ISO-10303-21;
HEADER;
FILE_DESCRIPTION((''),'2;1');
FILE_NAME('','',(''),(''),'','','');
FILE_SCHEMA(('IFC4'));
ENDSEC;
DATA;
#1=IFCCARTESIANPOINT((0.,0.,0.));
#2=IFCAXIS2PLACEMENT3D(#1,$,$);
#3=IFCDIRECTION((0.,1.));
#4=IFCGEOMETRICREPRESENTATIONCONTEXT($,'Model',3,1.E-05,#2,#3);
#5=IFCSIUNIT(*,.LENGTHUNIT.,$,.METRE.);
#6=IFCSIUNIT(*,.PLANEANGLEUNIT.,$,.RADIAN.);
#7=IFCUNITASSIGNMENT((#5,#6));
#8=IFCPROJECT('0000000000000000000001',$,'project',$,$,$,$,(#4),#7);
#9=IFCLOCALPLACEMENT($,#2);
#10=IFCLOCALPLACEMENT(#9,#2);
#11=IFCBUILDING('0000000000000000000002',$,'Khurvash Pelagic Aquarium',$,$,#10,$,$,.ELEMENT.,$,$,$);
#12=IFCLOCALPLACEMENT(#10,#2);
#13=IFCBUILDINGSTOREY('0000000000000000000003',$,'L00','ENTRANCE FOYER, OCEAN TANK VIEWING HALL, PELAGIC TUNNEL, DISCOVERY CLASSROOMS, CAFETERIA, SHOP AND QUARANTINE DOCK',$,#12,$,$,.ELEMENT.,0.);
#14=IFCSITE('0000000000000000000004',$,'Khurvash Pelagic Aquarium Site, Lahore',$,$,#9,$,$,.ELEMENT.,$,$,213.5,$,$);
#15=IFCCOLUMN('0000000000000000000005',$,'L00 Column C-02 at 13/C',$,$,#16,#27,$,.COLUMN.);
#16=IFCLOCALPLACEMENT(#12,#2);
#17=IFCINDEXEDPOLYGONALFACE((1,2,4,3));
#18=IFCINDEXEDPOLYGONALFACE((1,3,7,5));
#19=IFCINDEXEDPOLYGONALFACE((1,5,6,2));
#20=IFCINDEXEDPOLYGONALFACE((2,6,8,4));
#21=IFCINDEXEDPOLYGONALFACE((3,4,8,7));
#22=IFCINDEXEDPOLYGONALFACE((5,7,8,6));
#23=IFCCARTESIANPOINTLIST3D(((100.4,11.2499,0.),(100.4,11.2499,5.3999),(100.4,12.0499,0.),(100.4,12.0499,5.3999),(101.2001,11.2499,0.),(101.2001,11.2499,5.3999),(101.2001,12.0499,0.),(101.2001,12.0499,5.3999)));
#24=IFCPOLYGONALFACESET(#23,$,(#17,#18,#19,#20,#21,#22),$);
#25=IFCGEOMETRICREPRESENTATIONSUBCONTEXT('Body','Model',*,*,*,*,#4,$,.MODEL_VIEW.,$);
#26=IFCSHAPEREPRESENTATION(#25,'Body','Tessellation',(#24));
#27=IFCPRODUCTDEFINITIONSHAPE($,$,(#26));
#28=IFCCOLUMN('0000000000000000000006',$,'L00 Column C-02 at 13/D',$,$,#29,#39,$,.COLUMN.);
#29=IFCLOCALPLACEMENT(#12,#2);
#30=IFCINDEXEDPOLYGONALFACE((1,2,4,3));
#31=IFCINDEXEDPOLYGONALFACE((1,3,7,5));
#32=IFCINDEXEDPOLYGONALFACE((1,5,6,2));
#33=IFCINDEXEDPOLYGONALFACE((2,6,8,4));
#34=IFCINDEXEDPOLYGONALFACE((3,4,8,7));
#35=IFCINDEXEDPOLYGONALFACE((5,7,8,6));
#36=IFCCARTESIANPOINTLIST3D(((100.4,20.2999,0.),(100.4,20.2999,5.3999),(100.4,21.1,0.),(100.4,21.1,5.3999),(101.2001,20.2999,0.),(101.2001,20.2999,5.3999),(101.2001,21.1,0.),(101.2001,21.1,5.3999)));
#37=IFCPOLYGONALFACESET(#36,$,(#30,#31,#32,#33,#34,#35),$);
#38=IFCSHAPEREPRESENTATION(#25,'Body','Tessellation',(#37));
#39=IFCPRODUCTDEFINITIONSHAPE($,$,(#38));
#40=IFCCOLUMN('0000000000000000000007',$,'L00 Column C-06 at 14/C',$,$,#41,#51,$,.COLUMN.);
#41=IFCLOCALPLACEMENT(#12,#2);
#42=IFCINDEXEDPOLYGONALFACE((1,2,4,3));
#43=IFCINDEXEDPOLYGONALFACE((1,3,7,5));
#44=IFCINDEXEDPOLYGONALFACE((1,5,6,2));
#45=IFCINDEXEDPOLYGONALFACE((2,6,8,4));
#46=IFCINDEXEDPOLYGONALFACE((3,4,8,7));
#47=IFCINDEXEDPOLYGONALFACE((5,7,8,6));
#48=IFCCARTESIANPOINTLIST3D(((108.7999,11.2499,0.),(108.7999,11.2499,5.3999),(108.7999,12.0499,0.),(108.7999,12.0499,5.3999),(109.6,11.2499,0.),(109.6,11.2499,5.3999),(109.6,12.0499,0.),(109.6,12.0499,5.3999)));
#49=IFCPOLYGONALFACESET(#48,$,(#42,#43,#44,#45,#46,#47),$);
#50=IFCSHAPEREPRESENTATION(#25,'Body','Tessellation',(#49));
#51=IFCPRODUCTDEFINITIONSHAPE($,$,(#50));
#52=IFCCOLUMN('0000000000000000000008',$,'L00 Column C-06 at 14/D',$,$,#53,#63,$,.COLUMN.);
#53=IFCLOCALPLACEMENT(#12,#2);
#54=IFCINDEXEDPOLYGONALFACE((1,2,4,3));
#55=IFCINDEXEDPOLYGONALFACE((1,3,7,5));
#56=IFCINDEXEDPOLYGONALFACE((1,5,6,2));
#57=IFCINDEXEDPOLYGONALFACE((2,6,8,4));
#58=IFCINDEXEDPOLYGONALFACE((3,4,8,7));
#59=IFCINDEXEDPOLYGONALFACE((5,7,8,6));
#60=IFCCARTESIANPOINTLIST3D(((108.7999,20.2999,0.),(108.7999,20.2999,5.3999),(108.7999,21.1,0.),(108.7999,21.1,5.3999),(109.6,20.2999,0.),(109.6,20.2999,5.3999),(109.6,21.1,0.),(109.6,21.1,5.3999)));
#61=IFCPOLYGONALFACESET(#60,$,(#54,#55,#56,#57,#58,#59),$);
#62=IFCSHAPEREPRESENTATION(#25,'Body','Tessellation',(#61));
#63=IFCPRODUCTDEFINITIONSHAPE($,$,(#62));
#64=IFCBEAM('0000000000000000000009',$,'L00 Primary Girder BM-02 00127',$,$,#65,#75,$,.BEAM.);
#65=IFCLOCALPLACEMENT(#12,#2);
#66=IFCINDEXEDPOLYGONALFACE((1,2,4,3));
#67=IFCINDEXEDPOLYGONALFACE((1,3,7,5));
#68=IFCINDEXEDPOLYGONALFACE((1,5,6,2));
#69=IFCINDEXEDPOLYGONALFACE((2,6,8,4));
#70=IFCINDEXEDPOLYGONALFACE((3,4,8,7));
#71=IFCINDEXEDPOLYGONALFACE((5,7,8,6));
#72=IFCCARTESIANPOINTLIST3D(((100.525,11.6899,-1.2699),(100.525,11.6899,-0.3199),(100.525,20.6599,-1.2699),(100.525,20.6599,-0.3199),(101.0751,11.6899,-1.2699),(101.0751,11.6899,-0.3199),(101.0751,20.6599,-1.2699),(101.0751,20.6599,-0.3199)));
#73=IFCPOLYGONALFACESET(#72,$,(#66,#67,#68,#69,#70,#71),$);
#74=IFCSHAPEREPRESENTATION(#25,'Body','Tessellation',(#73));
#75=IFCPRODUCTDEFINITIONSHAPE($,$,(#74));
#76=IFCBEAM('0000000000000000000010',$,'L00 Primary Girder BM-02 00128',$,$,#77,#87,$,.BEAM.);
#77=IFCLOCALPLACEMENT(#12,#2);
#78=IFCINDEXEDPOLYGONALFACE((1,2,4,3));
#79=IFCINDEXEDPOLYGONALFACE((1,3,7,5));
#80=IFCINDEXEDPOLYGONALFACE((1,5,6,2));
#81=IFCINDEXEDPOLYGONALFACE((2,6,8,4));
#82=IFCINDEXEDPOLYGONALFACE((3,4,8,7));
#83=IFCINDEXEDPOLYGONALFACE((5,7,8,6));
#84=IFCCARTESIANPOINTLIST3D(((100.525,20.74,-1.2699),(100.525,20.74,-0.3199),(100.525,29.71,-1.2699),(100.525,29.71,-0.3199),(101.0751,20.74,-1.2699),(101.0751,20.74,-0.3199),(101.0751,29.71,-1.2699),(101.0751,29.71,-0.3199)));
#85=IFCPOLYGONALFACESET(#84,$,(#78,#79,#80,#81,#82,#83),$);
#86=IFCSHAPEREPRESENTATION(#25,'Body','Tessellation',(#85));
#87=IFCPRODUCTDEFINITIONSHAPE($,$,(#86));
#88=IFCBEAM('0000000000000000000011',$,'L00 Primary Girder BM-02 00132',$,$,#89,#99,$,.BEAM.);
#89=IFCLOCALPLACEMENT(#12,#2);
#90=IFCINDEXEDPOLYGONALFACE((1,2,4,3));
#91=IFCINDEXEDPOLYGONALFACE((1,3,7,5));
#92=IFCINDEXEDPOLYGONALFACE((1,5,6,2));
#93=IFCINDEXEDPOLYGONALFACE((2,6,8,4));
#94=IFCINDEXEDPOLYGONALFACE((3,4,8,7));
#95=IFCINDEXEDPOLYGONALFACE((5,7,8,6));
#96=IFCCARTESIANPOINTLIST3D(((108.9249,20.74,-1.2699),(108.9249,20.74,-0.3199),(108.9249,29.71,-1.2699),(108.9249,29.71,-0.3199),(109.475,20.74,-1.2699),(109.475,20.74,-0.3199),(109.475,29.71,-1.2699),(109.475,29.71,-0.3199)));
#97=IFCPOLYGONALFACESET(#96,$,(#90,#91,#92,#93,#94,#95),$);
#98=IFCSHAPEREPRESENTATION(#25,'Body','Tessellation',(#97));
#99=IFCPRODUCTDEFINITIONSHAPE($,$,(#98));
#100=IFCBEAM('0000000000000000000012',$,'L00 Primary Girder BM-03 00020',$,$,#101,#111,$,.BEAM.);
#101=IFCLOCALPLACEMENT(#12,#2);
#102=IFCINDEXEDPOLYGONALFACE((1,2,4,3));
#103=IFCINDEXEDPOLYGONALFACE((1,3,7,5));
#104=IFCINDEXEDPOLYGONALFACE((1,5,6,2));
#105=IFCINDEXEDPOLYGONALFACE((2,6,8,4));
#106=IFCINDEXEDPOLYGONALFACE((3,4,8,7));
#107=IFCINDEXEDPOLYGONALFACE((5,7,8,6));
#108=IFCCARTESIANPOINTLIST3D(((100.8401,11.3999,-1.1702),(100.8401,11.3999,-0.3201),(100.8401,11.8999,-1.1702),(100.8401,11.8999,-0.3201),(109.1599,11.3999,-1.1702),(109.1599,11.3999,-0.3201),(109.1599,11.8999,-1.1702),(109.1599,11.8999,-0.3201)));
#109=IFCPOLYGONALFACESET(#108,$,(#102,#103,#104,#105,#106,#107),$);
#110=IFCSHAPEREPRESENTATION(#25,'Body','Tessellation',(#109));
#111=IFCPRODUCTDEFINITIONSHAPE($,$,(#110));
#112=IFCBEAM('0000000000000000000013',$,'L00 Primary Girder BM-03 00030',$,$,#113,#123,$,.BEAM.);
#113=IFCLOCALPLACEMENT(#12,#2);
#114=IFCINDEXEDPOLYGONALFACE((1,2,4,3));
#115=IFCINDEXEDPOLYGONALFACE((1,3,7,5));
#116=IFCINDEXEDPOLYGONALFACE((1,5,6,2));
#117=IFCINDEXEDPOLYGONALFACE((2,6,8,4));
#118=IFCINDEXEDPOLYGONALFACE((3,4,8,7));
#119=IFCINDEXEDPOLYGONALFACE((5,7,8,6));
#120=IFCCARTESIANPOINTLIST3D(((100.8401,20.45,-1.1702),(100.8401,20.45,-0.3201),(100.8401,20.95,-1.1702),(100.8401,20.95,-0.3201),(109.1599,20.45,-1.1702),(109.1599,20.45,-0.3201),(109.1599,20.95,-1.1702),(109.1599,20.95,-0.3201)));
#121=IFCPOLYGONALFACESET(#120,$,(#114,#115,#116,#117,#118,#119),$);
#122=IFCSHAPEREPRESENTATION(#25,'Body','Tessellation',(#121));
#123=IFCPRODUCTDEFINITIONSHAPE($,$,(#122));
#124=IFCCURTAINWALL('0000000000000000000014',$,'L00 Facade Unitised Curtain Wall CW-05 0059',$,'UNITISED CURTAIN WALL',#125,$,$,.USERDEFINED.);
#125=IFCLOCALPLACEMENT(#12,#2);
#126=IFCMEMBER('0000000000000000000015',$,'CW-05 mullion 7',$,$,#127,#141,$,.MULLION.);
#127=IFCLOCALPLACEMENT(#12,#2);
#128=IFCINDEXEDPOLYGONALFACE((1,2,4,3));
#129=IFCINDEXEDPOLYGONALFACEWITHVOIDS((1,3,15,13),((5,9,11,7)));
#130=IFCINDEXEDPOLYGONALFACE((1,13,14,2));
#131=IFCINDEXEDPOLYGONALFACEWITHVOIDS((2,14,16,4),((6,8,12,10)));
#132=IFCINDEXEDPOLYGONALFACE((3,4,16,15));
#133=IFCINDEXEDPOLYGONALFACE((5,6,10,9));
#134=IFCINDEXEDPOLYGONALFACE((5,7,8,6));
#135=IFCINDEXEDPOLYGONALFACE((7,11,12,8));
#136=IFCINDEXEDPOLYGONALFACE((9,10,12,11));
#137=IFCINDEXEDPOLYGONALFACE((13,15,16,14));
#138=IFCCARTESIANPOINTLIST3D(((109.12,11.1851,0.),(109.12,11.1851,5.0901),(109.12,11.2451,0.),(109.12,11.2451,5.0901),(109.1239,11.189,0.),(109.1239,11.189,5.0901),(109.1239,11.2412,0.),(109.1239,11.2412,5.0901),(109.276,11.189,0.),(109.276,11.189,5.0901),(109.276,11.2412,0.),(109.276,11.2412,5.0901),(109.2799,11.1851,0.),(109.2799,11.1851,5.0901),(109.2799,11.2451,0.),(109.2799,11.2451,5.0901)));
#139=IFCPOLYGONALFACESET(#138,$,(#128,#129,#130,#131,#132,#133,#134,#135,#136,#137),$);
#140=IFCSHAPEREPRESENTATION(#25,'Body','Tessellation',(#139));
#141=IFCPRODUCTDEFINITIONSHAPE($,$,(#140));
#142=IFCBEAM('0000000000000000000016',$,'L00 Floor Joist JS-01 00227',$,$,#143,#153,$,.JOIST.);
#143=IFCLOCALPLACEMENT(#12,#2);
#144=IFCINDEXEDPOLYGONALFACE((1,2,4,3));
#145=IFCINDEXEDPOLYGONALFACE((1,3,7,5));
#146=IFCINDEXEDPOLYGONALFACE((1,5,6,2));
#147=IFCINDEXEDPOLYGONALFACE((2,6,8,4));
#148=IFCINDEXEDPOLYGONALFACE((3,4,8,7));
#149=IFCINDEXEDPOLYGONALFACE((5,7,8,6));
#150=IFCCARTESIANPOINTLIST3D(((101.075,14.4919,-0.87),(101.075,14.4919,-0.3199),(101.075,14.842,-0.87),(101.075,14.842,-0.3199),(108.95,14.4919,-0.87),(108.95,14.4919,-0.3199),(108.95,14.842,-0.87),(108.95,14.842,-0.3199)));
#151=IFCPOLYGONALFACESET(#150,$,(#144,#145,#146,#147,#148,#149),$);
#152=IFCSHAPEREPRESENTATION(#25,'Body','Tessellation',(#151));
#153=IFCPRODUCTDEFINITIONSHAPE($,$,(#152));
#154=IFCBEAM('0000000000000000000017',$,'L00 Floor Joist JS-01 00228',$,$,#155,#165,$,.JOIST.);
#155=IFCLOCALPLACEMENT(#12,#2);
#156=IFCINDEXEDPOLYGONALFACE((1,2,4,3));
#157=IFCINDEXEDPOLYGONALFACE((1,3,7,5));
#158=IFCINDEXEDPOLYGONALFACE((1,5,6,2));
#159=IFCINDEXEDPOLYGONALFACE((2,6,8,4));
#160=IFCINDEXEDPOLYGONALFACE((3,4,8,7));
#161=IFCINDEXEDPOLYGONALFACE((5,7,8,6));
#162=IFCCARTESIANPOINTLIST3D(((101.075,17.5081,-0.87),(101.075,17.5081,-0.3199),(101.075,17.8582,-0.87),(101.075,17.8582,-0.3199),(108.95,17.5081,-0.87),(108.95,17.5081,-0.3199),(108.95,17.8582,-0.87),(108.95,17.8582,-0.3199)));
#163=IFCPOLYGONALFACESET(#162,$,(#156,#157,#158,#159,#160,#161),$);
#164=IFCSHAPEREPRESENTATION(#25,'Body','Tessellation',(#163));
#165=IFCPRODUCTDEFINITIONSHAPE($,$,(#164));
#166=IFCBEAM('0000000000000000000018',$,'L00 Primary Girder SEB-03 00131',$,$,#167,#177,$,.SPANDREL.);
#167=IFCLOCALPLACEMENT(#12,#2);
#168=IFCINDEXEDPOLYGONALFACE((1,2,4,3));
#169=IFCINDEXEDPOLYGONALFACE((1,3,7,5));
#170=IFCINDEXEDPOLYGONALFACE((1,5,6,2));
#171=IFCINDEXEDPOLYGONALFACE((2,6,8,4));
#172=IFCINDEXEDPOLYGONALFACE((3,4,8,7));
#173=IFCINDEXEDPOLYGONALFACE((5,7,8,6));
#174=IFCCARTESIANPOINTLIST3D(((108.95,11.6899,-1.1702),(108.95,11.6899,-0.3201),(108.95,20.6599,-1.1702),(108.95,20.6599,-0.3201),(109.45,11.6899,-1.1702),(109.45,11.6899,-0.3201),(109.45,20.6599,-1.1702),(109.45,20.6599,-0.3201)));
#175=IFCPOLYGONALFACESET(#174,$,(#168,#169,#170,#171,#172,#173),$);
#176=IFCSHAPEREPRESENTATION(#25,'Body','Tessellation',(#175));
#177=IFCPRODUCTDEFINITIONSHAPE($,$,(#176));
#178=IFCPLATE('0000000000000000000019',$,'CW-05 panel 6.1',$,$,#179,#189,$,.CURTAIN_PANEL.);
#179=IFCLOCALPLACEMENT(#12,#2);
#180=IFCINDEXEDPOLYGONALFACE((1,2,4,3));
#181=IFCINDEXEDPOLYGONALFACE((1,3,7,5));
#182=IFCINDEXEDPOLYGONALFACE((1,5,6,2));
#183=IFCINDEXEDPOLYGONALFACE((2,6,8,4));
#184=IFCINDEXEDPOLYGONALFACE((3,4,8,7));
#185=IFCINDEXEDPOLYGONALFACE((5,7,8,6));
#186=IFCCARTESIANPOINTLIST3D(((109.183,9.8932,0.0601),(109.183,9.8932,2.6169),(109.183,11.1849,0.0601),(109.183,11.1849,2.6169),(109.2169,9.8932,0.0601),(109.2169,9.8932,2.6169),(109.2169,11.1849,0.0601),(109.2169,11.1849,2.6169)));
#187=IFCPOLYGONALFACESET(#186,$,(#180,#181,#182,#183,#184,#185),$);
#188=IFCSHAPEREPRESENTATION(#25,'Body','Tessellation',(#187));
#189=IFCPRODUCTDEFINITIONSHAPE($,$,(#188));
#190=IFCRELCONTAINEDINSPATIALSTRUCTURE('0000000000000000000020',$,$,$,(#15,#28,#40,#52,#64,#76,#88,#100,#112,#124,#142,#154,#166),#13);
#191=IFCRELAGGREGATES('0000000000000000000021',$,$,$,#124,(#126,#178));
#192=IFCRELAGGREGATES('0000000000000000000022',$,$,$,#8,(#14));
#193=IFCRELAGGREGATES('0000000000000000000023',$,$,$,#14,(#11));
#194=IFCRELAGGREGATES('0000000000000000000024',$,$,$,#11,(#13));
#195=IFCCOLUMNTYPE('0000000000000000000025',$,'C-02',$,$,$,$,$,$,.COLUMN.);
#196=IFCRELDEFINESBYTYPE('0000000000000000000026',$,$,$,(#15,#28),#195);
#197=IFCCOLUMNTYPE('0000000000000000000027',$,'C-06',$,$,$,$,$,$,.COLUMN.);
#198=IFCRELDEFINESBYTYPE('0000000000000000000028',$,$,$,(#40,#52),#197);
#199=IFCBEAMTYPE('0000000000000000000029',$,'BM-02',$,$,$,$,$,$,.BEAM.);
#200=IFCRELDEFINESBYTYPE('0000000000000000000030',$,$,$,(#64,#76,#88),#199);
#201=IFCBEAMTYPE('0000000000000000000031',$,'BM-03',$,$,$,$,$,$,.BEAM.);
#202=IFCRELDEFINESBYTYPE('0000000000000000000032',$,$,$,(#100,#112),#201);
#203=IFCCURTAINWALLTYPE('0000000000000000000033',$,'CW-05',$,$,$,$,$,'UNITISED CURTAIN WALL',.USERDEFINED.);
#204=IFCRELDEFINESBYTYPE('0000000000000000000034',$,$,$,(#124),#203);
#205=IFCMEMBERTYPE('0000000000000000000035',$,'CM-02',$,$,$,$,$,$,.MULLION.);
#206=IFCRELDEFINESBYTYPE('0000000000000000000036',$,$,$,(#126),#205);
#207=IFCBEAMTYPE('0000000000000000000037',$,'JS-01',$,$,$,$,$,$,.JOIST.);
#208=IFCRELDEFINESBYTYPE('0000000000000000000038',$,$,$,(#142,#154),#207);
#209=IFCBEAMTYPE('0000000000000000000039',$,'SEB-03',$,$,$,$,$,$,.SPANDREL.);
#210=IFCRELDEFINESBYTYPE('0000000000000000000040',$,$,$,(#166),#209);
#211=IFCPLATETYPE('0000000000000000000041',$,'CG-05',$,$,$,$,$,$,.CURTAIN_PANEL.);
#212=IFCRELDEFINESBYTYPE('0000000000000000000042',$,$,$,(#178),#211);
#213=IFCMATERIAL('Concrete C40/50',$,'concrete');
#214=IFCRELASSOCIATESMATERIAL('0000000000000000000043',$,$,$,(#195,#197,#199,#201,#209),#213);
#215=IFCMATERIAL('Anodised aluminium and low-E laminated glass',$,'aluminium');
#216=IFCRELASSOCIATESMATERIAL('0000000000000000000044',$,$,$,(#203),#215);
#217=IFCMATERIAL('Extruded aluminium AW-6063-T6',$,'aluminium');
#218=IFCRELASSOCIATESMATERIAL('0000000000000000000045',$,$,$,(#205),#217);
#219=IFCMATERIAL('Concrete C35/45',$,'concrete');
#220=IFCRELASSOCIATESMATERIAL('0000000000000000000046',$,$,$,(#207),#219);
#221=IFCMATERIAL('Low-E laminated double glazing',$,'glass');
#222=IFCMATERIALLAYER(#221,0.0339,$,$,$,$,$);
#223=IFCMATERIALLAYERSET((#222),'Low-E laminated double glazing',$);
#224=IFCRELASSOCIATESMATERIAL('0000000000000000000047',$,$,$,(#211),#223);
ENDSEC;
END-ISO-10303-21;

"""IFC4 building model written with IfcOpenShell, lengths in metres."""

from ifc_helpers import new_model, si_unit, direction, frame, origin, origin_2d, place, context, subcontext, project, spatial, rectangle, hollow_rectangle, extrude, material, layer, layer_set, material_profile, profile_set, type_object, element, aggregate, save


model = new_model("IFC4")

# Units and contexts
model_context = context("Model", 3, precision=1e-05, world=origin(), true_north=direction((0.0, 1.0)))
body_context = subcontext(model_context, "Body", "Model", "MODEL_VIEW")
ifc_project = project(units=[si_unit("LENGTHUNIT", "METRE"), si_unit("PLANEANGLEUNIT", "RADIAN")], contexts=[model_context])

# Site, building, storey
site_placement = place(None, origin())
site = spatial("IfcSite", under=ifc_project, at=site_placement, Name="Khurvash Pelagic Aquarium Site, Lahore", CompositionType="ELEMENT", RefElevation=213.5)
building_placement = place(site_placement, origin())
building = spatial("IfcBuilding", under=site, at=building_placement, Name="Khurvash Pelagic Aquarium", CompositionType="ELEMENT")
storey_placement = place(building_placement, origin())
storey = spatial("IfcBuildingStorey", under=building, at=storey_placement, Name="L00", Description="ENTRANCE FOYER, OCEAN TANK VIEWING HALL, PELAGIC TUNNEL, DISCOVERY CLASSROOMS, CAFETERIA, SHOP AND QUARANTINE DOCK", CompositionType="ELEMENT", Elevation=0.0)

# Columns
ifc_material_1 = material(Name="Concrete C40/50", Category="concrete")
ifc_material_profile_1 = material_profile(ifc_material_1, rectangle(XDim=0.8, YDim=0.8, at=origin_2d()), Name="RC800X800")
ifc_profile_set_1 = profile_set([ifc_material_profile_1], Name="Concrete C40/50")
column_type_1 = type_object("IfcColumnType", Name="C-02", PredefinedType="COLUMN", material=ifc_profile_set_1)
for number, where, z_axis, x_axis, name in (
    (1, (100.8, 11.6499, 0.0), (0.0, 0.0, 1.0), (1.0, 0.0, 0.0), "L00 Column C-02 at 13/C"),
    (2, (100.8, 20.7, 0.0), (0.0, 0.0, 1.0), (1.0, 0.0, 0.0), "L00 Column C-02 at 13/D"),
):
    element("IfcColumn", number, at=place(storey_placement, frame(where, z_axis=z_axis, x_axis=x_axis)), inside=storey, type_object=column_type_1, Name=name, PredefinedType="COLUMN", context=body_context, shape_type="SweptSolid", body=[
        extrude(rectangle(XDim=0.8, YDim=0.8, at=origin_2d()), origin(), (0.0, 0.0, 1.0), 5.3999),
    ])
ifc_material_profile_2 = material_profile(ifc_material_1, rectangle(XDim=0.8, YDim=0.8, at=origin_2d()), Name="RC800X800")
ifc_profile_set_2 = profile_set([ifc_material_profile_2], Name="Concrete C40/50")
column_type_2 = type_object("IfcColumnType", Name="C-06", PredefinedType="COLUMN", material=ifc_profile_set_2)
for number, where, z_axis, x_axis, name in (
    (3, (109.2, 11.6499, 0.0), (0.0, 0.0, 1.0), (1.0, 0.0, 0.0), "L00 Column C-06 at 14/C"),
    (4, (109.2, 20.7, 0.0), (0.0, 0.0, 1.0), (1.0, 0.0, 0.0), "L00 Column C-06 at 14/D"),
):
    element("IfcColumn", number, at=place(storey_placement, frame(where, z_axis=z_axis, x_axis=x_axis)), inside=storey, type_object=column_type_2, Name=name, PredefinedType="COLUMN", context=body_context, shape_type="SweptSolid", body=[
        extrude(rectangle(XDim=0.8, YDim=0.8, at=origin_2d()), origin(), (0.0, 0.0, 1.0), 5.3999),
    ])

# Beams
ifc_material_profile_3 = material_profile(ifc_material_1, rectangle(XDim=0.55, YDim=0.95, at=origin_2d()), Name="RC550X950")
ifc_profile_set_3 = profile_set([ifc_material_profile_3], Name="Concrete C40/50")
beam_type_1 = type_object("IfcBeamType", Name="BM-02", PredefinedType="BEAM", material=ifc_profile_set_3)
for number, where, z_axis, x_axis, name in (
    (5, (100.8, 11.6899, -0.7949), (0.0, 1.0, 0.0), (-1.0, 0.0, 0.0), "L00 Primary Girder BM-02 00127"),
    (6, (100.8, 20.74, -0.7949), (0.0, 1.0, 0.0), (-1.0, 0.0, 0.0), "L00 Primary Girder BM-02 00128"),
    (7, (109.2, 20.74, -0.7949), (0.0, 1.0, 0.0), (-1.0, 0.0, 0.0), "L00 Primary Girder BM-02 00132"),
):
    element("IfcBeam", number, at=place(storey_placement, frame(where, z_axis=z_axis, x_axis=x_axis)), inside=storey, type_object=beam_type_1, Name=name, PredefinedType="BEAM", context=body_context, shape_type="SweptSolid", body=[
        extrude(rectangle(XDim=0.55, YDim=0.95, at=origin_2d()), origin(), (0.0, 0.0, 1.0), 8.97),
    ])
ifc_material_profile_4 = material_profile(ifc_material_1, rectangle(XDim=0.5, YDim=0.8501, at=origin_2d()), Name="RC500X850")
ifc_profile_set_4 = profile_set([ifc_material_profile_4], Name="Concrete C40/50")
beam_type_2 = type_object("IfcBeamType", Name="BM-03", PredefinedType="BEAM", material=ifc_profile_set_4)
for number, where, z_axis, x_axis, name in (
    (8, (100.8401, 11.6499, -0.7451), (1.0, 0.0, 0.0), (0.0, 1.0, 0.0), "L00 Primary Girder BM-03 00020"),
    (9, (100.8401, 20.7, -0.7451), (1.0, 0.0, 0.0), (0.0, 1.0, 0.0), "L00 Primary Girder BM-03 00030"),
):
    element("IfcBeam", number, at=place(storey_placement, frame(where, z_axis=z_axis, x_axis=x_axis)), inside=storey, type_object=beam_type_2, Name=name, PredefinedType="BEAM", context=body_context, shape_type="SweptSolid", body=[
        extrude(rectangle(XDim=0.5, YDim=0.8501, at=origin_2d()), origin(), (0.0, 0.0, 1.0), 8.3198),
    ])

# Curtain wall, member
ifc_material_2 = material(Name="Anodised aluminium and low-E laminated glass", Category="aluminium")
curtain_wall_type = type_object("IfcCurtainWallType", Name="CW-05", ElementType="UNITISED CURTAIN WALL", PredefinedType="USERDEFINED", material=ifc_material_2)
curtain_wall_placement = place(storey_placement, origin())
curtain_wall = element("IfcCurtainWall", 10, at=curtain_wall_placement, inside=storey, type_object=curtain_wall_type, Name="L00 Facade Unitised Curtain Wall CW-05 0059", ObjectType="UNITISED CURTAIN WALL", PredefinedType="USERDEFINED")
ifc_material_3 = material(Name="Extruded aluminium AW-6063-T6", Category="aluminium")
ifc_material_profile_5 = material_profile(ifc_material_3, hollow_rectangle(XDim=0.0601, YDim=0.1599, WallThickness=0.0039, at=origin_2d()), Name="CWM60X160X4")
ifc_profile_set_5 = profile_set([ifc_material_profile_5], Name="Extruded aluminium AW-6063-T6")
member_type = type_object("IfcMemberType", Name="CM-02", PredefinedType="MULLION", material=ifc_profile_set_5)
member_placement = place(storey_placement, frame((109.2, 11.2151, 0.0), z_axis=(0.0, 0.0, 1.0), x_axis=(0.0, 1.0, 0.0)))
member = element("IfcMember", 11, at=member_placement, type_object=member_type, Name="CW-05 mullion 7", PredefinedType="MULLION", context=body_context, shape_type="SweptSolid", body=[
    extrude(hollow_rectangle(XDim=0.0601, YDim=0.1599, WallThickness=0.0039, at=origin_2d()), origin(), (0.0, 0.0, 1.0), 5.0901),
])

# Beams
ifc_material_4 = material(Name="Concrete C35/45", Category="concrete")
ifc_material_profile_6 = material_profile(ifc_material_4, rectangle(XDim=0.3501, YDim=0.55, at=origin_2d()), Name="RC350X550")
ifc_profile_set_6 = profile_set([ifc_material_profile_6], Name="Concrete C35/45")
beam_type_3 = type_object("IfcBeamType", Name="JS-01", PredefinedType="JOIST", material=ifc_profile_set_6)
for number, where, z_axis, x_axis, name in (
    (12, (101.075, 14.667, -0.595), (1.0, 0.0, 0.0), (0.0, 1.0, 0.0), "L00 Floor Joist JS-01 00227"),
    (13, (101.075, 17.6831, -0.595), (1.0, 0.0, 0.0), (0.0, 1.0, 0.0), "L00 Floor Joist JS-01 00228"),
):
    element("IfcBeam", number, at=place(storey_placement, frame(where, z_axis=z_axis, x_axis=x_axis)), inside=storey, type_object=beam_type_3, Name=name, PredefinedType="JOIST", context=body_context, shape_type="SweptSolid", body=[
        extrude(rectangle(XDim=0.3501, YDim=0.55, at=origin_2d()), origin(), (0.0, 0.0, 1.0), 7.875),
    ])
ifc_material_profile_7 = material_profile(ifc_material_1, rectangle(XDim=0.5, YDim=0.8501, at=origin_2d()), Name="RC500X850")
ifc_profile_set_7 = profile_set([ifc_material_profile_7], Name="Concrete C40/50")
beam_type_4 = type_object("IfcBeamType", Name="SEB-03", PredefinedType="SPANDREL", material=ifc_profile_set_7)
beam_placement = place(storey_placement, frame((109.2, 11.6899, -0.7451), z_axis=(0.0, 1.0, 0.0), x_axis=(-1.0, 0.0, 0.0)))
element("IfcBeam", 14, at=beam_placement, inside=storey, type_object=beam_type_4, Name="L00 Primary Girder SEB-03 00131", PredefinedType="SPANDREL", context=body_context, shape_type="SweptSolid", body=[
    extrude(rectangle(XDim=0.5, YDim=0.8501, at=origin_2d()), origin(), (0.0, 0.0, 1.0), 8.97),
])

# Plate
ifc_material_5 = material(Name="Low-E laminated double glazing", Category="glass")
ifc_layer_1 = layer(ifc_material_5, 0.0339)
ifc_layer_set_1 = layer_set([ifc_layer_1], Name="Low-E laminated double glazing")
plate_type = type_object("IfcPlateType", Name="CG-05", PredefinedType="CURTAIN_PANEL", material=ifc_layer_set_1)
plate_1_placement = place(storey_placement, frame((109.2, 10.5391, 0.0601), z_axis=(0.0, 0.0, 1.0), x_axis=(0.0, 1.0, 0.0)))
plate_1 = element("IfcPlate", 15, at=plate_1_placement, type_object=plate_type, Name="CW-05 panel 6.1", PredefinedType="CURTAIN_PANEL", context=body_context, shape_type="SweptSolid", body=[
    extrude(rectangle(XDim=1.2917, YDim=0.0339, at=origin_2d()), origin(), (0.0, 0.0, 1.0), 2.5569),
])
aggregate(curtain_wall, [member, plate_1])

save(model, "model.ifc")
